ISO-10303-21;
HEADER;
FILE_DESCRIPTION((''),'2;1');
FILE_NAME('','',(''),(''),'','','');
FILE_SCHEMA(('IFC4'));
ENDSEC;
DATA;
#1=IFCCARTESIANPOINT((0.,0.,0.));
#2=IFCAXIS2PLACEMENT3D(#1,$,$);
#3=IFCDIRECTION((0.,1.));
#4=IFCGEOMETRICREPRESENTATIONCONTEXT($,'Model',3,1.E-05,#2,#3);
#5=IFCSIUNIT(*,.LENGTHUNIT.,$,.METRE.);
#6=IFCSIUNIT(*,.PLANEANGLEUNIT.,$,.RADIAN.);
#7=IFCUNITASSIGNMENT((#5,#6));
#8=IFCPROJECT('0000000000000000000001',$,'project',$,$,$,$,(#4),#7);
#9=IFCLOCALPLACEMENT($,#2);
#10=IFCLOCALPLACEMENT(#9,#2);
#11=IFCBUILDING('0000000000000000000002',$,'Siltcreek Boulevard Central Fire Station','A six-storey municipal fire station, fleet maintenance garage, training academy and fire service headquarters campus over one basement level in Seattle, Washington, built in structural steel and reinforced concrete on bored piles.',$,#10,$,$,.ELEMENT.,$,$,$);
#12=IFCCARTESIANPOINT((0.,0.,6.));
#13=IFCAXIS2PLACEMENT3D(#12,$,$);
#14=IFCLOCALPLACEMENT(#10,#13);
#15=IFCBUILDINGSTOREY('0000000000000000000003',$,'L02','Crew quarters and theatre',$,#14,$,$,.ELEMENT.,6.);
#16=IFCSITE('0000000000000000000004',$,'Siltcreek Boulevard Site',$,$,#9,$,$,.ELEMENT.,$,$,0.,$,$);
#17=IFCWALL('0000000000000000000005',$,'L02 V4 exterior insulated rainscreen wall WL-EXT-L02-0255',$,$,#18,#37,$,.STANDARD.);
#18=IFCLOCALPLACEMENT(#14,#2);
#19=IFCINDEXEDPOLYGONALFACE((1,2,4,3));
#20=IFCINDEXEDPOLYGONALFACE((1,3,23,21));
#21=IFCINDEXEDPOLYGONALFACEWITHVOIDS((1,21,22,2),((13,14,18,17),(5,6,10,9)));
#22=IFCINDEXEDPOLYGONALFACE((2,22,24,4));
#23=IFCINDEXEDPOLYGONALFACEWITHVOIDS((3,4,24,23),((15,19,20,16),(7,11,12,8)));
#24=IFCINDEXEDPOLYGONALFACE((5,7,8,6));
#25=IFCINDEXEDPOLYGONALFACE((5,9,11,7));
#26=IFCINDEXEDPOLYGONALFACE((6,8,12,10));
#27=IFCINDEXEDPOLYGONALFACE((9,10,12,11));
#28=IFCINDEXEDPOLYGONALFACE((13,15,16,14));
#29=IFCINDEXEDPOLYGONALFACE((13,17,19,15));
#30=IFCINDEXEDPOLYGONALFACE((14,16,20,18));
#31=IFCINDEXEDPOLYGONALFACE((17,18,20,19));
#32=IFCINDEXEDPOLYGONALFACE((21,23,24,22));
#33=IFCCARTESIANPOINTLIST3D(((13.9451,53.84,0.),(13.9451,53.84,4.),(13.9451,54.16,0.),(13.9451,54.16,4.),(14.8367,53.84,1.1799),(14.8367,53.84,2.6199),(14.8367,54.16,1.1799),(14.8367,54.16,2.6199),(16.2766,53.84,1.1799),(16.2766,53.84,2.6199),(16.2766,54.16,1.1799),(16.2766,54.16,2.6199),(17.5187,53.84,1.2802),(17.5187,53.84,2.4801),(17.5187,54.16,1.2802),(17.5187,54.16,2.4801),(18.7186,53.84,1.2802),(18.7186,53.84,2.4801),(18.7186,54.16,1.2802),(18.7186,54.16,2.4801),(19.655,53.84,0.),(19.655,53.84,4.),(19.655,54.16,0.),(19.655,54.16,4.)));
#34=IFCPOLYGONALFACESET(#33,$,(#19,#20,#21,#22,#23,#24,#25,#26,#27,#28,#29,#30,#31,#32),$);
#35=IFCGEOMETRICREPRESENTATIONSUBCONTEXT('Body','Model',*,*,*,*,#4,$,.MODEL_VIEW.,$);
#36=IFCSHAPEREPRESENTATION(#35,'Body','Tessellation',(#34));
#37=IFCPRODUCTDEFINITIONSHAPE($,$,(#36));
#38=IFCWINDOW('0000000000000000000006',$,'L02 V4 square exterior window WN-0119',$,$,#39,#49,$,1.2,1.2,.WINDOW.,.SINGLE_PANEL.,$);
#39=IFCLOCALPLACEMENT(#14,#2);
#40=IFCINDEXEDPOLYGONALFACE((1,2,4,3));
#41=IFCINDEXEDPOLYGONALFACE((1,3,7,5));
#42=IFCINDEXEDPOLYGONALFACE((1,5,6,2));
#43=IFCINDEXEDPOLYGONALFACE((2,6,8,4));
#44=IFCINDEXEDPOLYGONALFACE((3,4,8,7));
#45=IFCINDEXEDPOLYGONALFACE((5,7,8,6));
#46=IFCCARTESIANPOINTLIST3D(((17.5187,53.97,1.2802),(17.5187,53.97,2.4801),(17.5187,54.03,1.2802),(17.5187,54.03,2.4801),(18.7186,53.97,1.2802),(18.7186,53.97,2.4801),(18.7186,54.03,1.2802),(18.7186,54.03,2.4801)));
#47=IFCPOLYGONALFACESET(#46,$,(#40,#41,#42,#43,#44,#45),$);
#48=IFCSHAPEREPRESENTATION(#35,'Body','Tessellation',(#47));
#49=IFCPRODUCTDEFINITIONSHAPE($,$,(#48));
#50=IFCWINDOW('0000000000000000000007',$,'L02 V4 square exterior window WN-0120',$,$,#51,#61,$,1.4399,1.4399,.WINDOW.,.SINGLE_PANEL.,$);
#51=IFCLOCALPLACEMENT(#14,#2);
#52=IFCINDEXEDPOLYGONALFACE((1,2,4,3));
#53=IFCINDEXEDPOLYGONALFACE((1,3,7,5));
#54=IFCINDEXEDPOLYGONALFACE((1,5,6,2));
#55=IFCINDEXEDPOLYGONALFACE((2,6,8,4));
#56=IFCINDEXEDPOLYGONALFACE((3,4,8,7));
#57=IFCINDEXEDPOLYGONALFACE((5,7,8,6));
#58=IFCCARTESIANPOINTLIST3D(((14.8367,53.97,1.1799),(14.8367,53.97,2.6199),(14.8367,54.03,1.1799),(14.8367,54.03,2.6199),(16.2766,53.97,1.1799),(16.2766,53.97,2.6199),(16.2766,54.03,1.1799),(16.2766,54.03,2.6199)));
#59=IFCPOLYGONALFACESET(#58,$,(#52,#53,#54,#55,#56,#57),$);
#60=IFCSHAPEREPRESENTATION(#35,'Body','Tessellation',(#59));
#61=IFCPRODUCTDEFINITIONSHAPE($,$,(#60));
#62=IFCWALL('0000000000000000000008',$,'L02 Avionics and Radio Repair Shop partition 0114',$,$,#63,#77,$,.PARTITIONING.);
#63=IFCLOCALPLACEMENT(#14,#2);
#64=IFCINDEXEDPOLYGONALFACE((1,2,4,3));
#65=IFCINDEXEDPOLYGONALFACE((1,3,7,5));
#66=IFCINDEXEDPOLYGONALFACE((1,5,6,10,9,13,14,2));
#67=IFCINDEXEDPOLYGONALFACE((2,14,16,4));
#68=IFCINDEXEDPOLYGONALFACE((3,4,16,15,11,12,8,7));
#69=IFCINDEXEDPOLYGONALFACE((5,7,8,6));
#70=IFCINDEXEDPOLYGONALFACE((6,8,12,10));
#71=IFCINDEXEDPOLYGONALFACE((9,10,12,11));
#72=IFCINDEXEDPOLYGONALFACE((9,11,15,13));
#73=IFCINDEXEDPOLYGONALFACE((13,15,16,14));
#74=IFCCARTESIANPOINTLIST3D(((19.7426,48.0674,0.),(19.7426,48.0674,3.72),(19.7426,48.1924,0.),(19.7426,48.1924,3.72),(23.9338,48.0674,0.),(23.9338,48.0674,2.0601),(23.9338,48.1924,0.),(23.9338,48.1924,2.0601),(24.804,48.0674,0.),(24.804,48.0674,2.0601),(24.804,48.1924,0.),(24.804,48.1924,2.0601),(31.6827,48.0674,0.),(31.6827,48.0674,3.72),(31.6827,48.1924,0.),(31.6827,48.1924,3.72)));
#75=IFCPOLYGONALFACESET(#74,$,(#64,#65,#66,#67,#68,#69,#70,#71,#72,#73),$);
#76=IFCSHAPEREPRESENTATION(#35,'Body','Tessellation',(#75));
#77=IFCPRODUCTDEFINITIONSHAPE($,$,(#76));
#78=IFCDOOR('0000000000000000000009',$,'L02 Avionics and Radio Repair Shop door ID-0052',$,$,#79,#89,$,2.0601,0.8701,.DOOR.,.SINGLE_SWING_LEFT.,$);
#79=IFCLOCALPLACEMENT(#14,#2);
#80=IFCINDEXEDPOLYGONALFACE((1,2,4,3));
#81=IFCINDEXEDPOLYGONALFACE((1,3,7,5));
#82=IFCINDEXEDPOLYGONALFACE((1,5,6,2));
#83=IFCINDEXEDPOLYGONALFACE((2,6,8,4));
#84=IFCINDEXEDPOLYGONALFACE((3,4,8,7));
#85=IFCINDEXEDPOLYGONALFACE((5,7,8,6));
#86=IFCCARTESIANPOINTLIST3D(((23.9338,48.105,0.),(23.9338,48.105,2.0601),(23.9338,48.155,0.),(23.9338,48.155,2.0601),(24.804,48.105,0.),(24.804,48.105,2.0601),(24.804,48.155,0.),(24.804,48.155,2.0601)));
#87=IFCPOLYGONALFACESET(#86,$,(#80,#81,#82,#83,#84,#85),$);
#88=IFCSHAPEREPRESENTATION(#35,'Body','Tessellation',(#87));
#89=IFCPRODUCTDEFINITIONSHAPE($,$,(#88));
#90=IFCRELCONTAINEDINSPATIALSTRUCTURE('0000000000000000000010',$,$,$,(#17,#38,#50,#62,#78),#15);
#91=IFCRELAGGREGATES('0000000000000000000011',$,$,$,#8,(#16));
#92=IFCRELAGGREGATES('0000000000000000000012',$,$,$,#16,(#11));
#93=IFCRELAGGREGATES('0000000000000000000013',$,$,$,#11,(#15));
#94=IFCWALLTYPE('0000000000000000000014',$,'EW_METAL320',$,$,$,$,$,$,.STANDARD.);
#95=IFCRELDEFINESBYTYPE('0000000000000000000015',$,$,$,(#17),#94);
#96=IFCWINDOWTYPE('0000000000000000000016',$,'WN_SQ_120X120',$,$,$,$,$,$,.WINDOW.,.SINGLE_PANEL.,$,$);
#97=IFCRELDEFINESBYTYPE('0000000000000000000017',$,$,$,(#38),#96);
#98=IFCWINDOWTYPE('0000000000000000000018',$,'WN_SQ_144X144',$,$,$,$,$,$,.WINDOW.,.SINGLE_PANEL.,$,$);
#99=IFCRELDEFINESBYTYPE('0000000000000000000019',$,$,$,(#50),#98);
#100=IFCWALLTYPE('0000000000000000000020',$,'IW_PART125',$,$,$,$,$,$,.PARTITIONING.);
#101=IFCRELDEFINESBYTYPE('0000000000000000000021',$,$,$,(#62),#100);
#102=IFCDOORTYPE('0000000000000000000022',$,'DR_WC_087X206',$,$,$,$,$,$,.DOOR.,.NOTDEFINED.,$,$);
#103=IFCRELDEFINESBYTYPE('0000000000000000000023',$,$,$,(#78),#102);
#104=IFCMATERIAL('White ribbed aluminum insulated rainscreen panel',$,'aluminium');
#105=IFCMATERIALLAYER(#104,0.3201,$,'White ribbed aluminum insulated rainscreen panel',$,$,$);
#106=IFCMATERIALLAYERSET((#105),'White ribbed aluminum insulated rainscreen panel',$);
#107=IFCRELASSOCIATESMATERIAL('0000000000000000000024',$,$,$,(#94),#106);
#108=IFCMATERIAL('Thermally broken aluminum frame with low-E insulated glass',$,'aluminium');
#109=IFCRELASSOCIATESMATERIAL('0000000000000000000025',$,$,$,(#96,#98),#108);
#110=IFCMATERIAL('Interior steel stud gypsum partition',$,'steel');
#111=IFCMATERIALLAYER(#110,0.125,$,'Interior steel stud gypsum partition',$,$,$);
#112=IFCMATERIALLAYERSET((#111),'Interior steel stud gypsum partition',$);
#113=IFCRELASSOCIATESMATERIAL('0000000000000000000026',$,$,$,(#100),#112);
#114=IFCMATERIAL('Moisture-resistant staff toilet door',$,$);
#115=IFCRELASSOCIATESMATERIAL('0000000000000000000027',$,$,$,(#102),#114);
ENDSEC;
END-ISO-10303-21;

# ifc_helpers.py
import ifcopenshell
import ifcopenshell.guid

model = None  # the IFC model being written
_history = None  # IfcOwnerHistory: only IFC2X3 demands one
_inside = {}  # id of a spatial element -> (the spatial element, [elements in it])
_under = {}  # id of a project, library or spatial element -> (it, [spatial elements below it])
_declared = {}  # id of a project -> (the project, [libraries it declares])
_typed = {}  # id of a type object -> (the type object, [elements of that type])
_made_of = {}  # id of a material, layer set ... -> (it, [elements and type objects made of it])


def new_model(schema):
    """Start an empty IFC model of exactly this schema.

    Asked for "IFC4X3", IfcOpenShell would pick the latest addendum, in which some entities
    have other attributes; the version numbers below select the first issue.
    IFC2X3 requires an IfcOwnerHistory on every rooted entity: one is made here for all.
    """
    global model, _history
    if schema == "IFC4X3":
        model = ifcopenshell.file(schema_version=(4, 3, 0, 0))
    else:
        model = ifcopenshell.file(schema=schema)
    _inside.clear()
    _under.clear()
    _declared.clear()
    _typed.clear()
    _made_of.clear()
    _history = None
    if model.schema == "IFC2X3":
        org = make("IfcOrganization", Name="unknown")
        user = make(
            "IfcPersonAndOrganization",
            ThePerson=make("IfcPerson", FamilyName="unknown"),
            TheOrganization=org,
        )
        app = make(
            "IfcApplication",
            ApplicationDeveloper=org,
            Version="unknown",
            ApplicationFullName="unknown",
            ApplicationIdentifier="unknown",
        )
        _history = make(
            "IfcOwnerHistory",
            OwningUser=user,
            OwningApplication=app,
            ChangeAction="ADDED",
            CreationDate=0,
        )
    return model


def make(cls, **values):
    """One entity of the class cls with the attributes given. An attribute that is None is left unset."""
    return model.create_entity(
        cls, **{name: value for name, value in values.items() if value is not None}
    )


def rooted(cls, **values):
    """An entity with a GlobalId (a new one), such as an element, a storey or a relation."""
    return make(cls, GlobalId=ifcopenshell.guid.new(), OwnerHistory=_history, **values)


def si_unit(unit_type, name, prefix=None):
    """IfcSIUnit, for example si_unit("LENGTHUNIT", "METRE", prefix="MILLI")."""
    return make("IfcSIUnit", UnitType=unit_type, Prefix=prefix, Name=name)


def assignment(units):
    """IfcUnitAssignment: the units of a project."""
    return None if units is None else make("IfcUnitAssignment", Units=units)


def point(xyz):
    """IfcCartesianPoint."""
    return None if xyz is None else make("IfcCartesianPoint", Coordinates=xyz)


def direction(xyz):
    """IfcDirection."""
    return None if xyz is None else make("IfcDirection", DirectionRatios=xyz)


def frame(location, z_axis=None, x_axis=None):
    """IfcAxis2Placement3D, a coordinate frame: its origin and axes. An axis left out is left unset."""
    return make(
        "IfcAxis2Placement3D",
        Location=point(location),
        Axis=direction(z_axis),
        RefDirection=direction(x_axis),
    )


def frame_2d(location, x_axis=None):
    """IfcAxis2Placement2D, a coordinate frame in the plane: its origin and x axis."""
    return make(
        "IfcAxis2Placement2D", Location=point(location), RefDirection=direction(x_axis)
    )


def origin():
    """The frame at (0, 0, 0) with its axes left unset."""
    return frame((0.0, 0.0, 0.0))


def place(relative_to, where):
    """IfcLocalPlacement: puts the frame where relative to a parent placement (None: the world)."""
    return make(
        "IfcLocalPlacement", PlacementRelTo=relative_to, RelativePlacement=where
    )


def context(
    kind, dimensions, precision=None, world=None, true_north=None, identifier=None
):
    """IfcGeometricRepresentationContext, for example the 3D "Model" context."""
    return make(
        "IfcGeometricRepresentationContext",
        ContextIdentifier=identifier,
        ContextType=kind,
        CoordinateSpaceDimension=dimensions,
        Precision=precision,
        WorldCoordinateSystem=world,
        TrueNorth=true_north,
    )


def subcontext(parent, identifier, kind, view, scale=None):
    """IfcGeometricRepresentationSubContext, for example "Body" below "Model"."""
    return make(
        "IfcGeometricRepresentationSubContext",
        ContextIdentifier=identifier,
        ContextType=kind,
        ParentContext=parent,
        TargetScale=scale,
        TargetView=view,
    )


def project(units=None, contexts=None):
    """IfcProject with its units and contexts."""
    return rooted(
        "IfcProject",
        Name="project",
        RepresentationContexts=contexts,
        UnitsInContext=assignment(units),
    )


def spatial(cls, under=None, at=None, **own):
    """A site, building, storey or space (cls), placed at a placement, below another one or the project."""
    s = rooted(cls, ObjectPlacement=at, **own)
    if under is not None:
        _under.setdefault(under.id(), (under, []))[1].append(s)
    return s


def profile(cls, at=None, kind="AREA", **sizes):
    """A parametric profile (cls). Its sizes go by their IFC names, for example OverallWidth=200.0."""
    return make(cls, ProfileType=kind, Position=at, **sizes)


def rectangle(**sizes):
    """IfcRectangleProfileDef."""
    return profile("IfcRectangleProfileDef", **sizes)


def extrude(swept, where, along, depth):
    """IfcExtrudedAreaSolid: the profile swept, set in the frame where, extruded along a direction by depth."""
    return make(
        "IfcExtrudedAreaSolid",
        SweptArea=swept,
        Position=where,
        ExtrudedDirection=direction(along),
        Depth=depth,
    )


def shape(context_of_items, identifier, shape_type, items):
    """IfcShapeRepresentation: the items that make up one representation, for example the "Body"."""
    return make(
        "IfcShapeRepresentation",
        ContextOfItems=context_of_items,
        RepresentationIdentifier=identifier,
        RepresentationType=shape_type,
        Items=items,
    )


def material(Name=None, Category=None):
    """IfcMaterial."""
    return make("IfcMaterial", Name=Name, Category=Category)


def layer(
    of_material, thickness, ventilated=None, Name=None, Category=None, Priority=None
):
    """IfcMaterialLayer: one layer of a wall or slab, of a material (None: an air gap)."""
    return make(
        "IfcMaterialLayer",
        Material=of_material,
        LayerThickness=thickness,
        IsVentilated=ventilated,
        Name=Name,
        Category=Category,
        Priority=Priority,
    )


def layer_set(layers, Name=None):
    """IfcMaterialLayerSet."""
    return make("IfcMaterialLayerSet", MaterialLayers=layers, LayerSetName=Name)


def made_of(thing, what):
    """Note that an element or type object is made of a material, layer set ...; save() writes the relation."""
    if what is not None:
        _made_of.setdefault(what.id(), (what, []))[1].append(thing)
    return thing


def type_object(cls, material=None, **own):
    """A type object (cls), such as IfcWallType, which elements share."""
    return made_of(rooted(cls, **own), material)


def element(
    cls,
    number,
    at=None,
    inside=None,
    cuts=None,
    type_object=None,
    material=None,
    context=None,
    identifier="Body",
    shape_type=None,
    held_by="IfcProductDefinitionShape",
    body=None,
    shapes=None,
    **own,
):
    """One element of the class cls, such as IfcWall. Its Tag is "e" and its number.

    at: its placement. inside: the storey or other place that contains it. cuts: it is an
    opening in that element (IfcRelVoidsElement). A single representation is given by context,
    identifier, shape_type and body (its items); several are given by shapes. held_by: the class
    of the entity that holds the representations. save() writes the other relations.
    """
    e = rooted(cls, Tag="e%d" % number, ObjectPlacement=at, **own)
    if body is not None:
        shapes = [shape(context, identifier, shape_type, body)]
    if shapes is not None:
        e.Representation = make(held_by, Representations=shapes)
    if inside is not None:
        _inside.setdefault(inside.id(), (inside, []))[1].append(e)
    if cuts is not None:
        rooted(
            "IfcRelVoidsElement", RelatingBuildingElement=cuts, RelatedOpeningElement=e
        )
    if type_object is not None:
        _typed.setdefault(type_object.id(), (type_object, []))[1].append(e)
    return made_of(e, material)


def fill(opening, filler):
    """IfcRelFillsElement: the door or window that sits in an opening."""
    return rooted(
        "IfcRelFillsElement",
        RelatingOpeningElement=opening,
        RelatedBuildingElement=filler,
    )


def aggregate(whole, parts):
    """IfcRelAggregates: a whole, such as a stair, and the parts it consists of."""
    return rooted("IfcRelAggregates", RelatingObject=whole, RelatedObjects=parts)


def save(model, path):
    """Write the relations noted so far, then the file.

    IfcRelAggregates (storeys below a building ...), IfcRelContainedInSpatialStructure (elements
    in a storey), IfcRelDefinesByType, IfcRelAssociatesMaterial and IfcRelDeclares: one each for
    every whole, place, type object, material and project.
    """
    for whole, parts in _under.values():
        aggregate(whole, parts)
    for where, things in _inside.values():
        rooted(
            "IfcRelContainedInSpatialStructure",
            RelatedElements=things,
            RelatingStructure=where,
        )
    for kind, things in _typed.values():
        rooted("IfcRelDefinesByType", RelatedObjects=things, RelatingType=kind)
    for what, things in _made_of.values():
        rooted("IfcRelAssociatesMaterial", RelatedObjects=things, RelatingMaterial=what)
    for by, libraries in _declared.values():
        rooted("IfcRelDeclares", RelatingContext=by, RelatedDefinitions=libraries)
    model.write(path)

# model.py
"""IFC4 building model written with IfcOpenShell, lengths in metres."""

from ifc_helpers import new_model, si_unit, direction, frame, frame_2d, origin, place, context, subcontext, project, spatial, rectangle, extrude, material, layer, layer_set, type_object, element, fill, save


model = new_model("IFC4")

# Units and contexts
model_context = context("Model", 3, precision=1e-05, world=origin(), true_north=direction((0.0, 1.0)))
body_context = subcontext(model_context, "Body", "Model", "MODEL_VIEW")
ifc_project = project(units=[si_unit("LENGTHUNIT", "METRE"), si_unit("PLANEANGLEUNIT", "RADIAN")], contexts=[model_context])

# Site, building, storey
site_placement = place(None, origin())
site = spatial("IfcSite", under=ifc_project, at=site_placement, Name="Siltcreek Boulevard Site", CompositionType="ELEMENT", RefElevation=0.0)
building_placement = place(site_placement, origin())
building = spatial("IfcBuilding", under=site, at=building_placement, Name="Siltcreek Boulevard Central Fire Station", Description="A six-storey municipal fire station, fleet maintenance garage, training academy and fire service headquarters campus over one basement level in Seattle, Washington, built in structural steel and reinforced concrete on bored piles.", CompositionType="ELEMENT")
storey_placement = place(building_placement, frame((0.0, 0.0, 6.0)))
storey = spatial("IfcBuildingStorey", under=building, at=storey_placement, Name="L02", Description="Crew quarters and theatre", CompositionType="ELEMENT", Elevation=6.0)

# Wall, openings, windows
ifc_material_1 = material(Name="White ribbed aluminum insulated rainscreen panel", Category="aluminium")
ifc_layer_1 = layer(ifc_material_1, 0.3201, Name="White ribbed aluminum insulated rainscreen panel")
ifc_layer_set_1 = layer_set([ifc_layer_1], Name="White ribbed aluminum insulated rainscreen panel")
wall_type_1 = type_object("IfcWallType", Name="EW_METAL320", PredefinedType="STANDARD", material=ifc_layer_set_1)
ifc_material_2 = material(Name="Thermally broken aluminum frame with low-E insulated glass", Category="aluminium")
wall_1_placement = place(storey_placement, frame((19.655, 54.0, 0.0), z_axis=(0.0, 0.0, 1.0), x_axis=(-1.0, 0.0, 0.0)))
wall_1 = element("IfcWall", 1, at=wall_1_placement, inside=storey, type_object=wall_type_1, Name="L02 V4 exterior insulated rainscreen wall WL-EXT-L02-0255", PredefinedType="STANDARD", context=body_context, shape_type="SweptSolid", body=[
    extrude(rectangle(XDim=5.71, YDim=0.3201, at=frame_2d((2.855, 0.0))), origin(), (0.0, 0.0, 1.0), 4.0),
])
opening_1_placement = place(wall_1_placement, frame((0.9363, 0.0, 1.28)))
opening_1 = element("IfcOpeningElement", 2, at=opening_1_placement, cuts=wall_1, PredefinedType="OPENING", context=body_context, shape_type="SweptSolid", body=[
    extrude(rectangle(XDim=1.2, YDim=1.2, at=frame_2d((0.6001, 0.6001))), frame((0.0, 0.1699, 0.0), z_axis=(0.0, -1.0, 0.0), x_axis=(1.0, 0.0, 0.0)), (0.0, 0.0, 1.0), 0.3401),
])
opening_2_placement = place(wall_1_placement, frame((3.3784, 0.0, 1.1799)))
opening_2 = element("IfcOpeningElement", 3, at=opening_2_placement, cuts=wall_1, PredefinedType="OPENING", context=body_context, shape_type="SweptSolid", body=[
    extrude(rectangle(XDim=1.4399, YDim=1.4399, at=frame_2d((0.72, 0.72))), frame((0.0, 0.1699, 0.0), z_axis=(0.0, -1.0, 0.0), x_axis=(1.0, 0.0, 0.0)), (0.0, 0.0, 1.0), 0.3401),
])
window_type_1 = type_object("IfcWindowType", Name="WN_SQ_120X120", PartitioningType="SINGLE_PANEL", PredefinedType="WINDOW", material=ifc_material_2)
window_1_placement = place(opening_1_placement, origin())
window_1 = element("IfcWindow", 4, at=window_1_placement, inside=storey, type_object=window_type_1, Name="L02 V4 square exterior window WN-0119", OverallHeight=1.2, OverallWidth=1.2, PartitioningType="SINGLE_PANEL", PredefinedType="WINDOW", context=body_context, shape_type="SweptSolid", body=[
    extrude(rectangle(XDim=1.2, YDim=1.2, at=frame_2d((0.6001, 0.6001))), frame((0.0, 0.03, 0.0), z_axis=(0.0, -1.0, 0.0), x_axis=(1.0, 0.0, 0.0)), (0.0, 0.0, 1.0), 0.0601),
])
fill(opening_1, window_1)
window_type_2 = type_object("IfcWindowType", Name="WN_SQ_144X144", PartitioningType="SINGLE_PANEL", PredefinedType="WINDOW", material=ifc_material_2)
window_2_placement = place(opening_2_placement, origin())
window_2 = element("IfcWindow", 5, at=window_2_placement, inside=storey, type_object=window_type_2, Name="L02 V4 square exterior window WN-0120", OverallHeight=1.4399, OverallWidth=1.4399, PartitioningType="SINGLE_PANEL", PredefinedType="WINDOW", context=body_context, shape_type="SweptSolid", body=[
    extrude(rectangle(XDim=1.4399, YDim=1.4399, at=frame_2d((0.72, 0.72))), frame((0.0, 0.03, 0.0), z_axis=(0.0, -1.0, 0.0), x_axis=(1.0, 0.0, 0.0)), (0.0, 0.0, 1.0), 0.0601),
])
fill(opening_2, window_2)

# Wall, opening, door
ifc_material_3 = material(Name="Interior steel stud gypsum partition", Category="steel")
ifc_layer_2 = layer(ifc_material_3, 0.125, Name="Interior steel stud gypsum partition")
ifc_layer_set_2 = layer_set([ifc_layer_2], Name="Interior steel stud gypsum partition")
wall_type_2 = type_object("IfcWallType", Name="IW_PART125", PredefinedType="PARTITIONING", material=ifc_layer_set_2)
wall_2_placement = place(storey_placement, frame((19.7424, 48.1299, 0.0), z_axis=(0.0, 0.0, 1.0), x_axis=(1.0, 0.0, 0.0)))
wall_2 = element("IfcWall", 6, at=wall_2_placement, inside=storey, type_object=wall_type_2, Name="L02 Avionics and Radio Repair Shop partition 0114", PredefinedType="PARTITIONING", context=body_context, shape_type="SweptSolid", body=[
    extrude(rectangle(XDim=11.9402, YDim=0.125, at=frame_2d((5.9702, 0.0))), origin(), (0.0, 0.0, 1.0), 3.72),
])
opening_3_placement = place(wall_2_placement, frame((4.1914, 0.0, 0.0)))
opening_3 = element("IfcOpeningElement", 7, at=opening_3_placement, cuts=wall_2, PredefinedType="OPENING", context=body_context, shape_type="SweptSolid", body=[
    extrude(rectangle(XDim=0.8701, YDim=2.0601, at=frame_2d((0.4351, 1.03))), frame((0.0, 0.0725, 0.0), z_axis=(0.0, -1.0, 0.0), x_axis=(1.0, 0.0, 0.0)), (0.0, 0.0, 1.0), 0.145),
])
ifc_material_4 = material(Name="Moisture-resistant staff toilet door")
door_type = type_object("IfcDoorType", Name="DR_WC_087X206", OperationType="NOTDEFINED", PredefinedType="DOOR", material=ifc_material_4)
door_placement = place(opening_3_placement, frame((0.8701, 0.0, 0.0), z_axis=(0.0, 0.0, 1.0), x_axis=(-1.0, 0.0, 0.0)))
door = element("IfcDoor", 8, at=door_placement, inside=storey, type_object=door_type, Name="L02 Avionics and Radio Repair Shop door ID-0052", OperationType="SINGLE_SWING_LEFT", OverallHeight=2.0601, OverallWidth=0.8701, PredefinedType="DOOR", context=body_context, shape_type="SweptSolid", body=[
    extrude(rectangle(XDim=0.8701, YDim=2.0601, at=frame_2d((0.4351, 1.03))), frame((0.0, 0.0249, 0.0), z_axis=(0.0, -1.0, 0.0), x_axis=(1.0, 0.0, 0.0)), (0.0, 0.0, 1.0), 0.05),
])
fill(opening_3, door)

save(model, "model.ifc")
